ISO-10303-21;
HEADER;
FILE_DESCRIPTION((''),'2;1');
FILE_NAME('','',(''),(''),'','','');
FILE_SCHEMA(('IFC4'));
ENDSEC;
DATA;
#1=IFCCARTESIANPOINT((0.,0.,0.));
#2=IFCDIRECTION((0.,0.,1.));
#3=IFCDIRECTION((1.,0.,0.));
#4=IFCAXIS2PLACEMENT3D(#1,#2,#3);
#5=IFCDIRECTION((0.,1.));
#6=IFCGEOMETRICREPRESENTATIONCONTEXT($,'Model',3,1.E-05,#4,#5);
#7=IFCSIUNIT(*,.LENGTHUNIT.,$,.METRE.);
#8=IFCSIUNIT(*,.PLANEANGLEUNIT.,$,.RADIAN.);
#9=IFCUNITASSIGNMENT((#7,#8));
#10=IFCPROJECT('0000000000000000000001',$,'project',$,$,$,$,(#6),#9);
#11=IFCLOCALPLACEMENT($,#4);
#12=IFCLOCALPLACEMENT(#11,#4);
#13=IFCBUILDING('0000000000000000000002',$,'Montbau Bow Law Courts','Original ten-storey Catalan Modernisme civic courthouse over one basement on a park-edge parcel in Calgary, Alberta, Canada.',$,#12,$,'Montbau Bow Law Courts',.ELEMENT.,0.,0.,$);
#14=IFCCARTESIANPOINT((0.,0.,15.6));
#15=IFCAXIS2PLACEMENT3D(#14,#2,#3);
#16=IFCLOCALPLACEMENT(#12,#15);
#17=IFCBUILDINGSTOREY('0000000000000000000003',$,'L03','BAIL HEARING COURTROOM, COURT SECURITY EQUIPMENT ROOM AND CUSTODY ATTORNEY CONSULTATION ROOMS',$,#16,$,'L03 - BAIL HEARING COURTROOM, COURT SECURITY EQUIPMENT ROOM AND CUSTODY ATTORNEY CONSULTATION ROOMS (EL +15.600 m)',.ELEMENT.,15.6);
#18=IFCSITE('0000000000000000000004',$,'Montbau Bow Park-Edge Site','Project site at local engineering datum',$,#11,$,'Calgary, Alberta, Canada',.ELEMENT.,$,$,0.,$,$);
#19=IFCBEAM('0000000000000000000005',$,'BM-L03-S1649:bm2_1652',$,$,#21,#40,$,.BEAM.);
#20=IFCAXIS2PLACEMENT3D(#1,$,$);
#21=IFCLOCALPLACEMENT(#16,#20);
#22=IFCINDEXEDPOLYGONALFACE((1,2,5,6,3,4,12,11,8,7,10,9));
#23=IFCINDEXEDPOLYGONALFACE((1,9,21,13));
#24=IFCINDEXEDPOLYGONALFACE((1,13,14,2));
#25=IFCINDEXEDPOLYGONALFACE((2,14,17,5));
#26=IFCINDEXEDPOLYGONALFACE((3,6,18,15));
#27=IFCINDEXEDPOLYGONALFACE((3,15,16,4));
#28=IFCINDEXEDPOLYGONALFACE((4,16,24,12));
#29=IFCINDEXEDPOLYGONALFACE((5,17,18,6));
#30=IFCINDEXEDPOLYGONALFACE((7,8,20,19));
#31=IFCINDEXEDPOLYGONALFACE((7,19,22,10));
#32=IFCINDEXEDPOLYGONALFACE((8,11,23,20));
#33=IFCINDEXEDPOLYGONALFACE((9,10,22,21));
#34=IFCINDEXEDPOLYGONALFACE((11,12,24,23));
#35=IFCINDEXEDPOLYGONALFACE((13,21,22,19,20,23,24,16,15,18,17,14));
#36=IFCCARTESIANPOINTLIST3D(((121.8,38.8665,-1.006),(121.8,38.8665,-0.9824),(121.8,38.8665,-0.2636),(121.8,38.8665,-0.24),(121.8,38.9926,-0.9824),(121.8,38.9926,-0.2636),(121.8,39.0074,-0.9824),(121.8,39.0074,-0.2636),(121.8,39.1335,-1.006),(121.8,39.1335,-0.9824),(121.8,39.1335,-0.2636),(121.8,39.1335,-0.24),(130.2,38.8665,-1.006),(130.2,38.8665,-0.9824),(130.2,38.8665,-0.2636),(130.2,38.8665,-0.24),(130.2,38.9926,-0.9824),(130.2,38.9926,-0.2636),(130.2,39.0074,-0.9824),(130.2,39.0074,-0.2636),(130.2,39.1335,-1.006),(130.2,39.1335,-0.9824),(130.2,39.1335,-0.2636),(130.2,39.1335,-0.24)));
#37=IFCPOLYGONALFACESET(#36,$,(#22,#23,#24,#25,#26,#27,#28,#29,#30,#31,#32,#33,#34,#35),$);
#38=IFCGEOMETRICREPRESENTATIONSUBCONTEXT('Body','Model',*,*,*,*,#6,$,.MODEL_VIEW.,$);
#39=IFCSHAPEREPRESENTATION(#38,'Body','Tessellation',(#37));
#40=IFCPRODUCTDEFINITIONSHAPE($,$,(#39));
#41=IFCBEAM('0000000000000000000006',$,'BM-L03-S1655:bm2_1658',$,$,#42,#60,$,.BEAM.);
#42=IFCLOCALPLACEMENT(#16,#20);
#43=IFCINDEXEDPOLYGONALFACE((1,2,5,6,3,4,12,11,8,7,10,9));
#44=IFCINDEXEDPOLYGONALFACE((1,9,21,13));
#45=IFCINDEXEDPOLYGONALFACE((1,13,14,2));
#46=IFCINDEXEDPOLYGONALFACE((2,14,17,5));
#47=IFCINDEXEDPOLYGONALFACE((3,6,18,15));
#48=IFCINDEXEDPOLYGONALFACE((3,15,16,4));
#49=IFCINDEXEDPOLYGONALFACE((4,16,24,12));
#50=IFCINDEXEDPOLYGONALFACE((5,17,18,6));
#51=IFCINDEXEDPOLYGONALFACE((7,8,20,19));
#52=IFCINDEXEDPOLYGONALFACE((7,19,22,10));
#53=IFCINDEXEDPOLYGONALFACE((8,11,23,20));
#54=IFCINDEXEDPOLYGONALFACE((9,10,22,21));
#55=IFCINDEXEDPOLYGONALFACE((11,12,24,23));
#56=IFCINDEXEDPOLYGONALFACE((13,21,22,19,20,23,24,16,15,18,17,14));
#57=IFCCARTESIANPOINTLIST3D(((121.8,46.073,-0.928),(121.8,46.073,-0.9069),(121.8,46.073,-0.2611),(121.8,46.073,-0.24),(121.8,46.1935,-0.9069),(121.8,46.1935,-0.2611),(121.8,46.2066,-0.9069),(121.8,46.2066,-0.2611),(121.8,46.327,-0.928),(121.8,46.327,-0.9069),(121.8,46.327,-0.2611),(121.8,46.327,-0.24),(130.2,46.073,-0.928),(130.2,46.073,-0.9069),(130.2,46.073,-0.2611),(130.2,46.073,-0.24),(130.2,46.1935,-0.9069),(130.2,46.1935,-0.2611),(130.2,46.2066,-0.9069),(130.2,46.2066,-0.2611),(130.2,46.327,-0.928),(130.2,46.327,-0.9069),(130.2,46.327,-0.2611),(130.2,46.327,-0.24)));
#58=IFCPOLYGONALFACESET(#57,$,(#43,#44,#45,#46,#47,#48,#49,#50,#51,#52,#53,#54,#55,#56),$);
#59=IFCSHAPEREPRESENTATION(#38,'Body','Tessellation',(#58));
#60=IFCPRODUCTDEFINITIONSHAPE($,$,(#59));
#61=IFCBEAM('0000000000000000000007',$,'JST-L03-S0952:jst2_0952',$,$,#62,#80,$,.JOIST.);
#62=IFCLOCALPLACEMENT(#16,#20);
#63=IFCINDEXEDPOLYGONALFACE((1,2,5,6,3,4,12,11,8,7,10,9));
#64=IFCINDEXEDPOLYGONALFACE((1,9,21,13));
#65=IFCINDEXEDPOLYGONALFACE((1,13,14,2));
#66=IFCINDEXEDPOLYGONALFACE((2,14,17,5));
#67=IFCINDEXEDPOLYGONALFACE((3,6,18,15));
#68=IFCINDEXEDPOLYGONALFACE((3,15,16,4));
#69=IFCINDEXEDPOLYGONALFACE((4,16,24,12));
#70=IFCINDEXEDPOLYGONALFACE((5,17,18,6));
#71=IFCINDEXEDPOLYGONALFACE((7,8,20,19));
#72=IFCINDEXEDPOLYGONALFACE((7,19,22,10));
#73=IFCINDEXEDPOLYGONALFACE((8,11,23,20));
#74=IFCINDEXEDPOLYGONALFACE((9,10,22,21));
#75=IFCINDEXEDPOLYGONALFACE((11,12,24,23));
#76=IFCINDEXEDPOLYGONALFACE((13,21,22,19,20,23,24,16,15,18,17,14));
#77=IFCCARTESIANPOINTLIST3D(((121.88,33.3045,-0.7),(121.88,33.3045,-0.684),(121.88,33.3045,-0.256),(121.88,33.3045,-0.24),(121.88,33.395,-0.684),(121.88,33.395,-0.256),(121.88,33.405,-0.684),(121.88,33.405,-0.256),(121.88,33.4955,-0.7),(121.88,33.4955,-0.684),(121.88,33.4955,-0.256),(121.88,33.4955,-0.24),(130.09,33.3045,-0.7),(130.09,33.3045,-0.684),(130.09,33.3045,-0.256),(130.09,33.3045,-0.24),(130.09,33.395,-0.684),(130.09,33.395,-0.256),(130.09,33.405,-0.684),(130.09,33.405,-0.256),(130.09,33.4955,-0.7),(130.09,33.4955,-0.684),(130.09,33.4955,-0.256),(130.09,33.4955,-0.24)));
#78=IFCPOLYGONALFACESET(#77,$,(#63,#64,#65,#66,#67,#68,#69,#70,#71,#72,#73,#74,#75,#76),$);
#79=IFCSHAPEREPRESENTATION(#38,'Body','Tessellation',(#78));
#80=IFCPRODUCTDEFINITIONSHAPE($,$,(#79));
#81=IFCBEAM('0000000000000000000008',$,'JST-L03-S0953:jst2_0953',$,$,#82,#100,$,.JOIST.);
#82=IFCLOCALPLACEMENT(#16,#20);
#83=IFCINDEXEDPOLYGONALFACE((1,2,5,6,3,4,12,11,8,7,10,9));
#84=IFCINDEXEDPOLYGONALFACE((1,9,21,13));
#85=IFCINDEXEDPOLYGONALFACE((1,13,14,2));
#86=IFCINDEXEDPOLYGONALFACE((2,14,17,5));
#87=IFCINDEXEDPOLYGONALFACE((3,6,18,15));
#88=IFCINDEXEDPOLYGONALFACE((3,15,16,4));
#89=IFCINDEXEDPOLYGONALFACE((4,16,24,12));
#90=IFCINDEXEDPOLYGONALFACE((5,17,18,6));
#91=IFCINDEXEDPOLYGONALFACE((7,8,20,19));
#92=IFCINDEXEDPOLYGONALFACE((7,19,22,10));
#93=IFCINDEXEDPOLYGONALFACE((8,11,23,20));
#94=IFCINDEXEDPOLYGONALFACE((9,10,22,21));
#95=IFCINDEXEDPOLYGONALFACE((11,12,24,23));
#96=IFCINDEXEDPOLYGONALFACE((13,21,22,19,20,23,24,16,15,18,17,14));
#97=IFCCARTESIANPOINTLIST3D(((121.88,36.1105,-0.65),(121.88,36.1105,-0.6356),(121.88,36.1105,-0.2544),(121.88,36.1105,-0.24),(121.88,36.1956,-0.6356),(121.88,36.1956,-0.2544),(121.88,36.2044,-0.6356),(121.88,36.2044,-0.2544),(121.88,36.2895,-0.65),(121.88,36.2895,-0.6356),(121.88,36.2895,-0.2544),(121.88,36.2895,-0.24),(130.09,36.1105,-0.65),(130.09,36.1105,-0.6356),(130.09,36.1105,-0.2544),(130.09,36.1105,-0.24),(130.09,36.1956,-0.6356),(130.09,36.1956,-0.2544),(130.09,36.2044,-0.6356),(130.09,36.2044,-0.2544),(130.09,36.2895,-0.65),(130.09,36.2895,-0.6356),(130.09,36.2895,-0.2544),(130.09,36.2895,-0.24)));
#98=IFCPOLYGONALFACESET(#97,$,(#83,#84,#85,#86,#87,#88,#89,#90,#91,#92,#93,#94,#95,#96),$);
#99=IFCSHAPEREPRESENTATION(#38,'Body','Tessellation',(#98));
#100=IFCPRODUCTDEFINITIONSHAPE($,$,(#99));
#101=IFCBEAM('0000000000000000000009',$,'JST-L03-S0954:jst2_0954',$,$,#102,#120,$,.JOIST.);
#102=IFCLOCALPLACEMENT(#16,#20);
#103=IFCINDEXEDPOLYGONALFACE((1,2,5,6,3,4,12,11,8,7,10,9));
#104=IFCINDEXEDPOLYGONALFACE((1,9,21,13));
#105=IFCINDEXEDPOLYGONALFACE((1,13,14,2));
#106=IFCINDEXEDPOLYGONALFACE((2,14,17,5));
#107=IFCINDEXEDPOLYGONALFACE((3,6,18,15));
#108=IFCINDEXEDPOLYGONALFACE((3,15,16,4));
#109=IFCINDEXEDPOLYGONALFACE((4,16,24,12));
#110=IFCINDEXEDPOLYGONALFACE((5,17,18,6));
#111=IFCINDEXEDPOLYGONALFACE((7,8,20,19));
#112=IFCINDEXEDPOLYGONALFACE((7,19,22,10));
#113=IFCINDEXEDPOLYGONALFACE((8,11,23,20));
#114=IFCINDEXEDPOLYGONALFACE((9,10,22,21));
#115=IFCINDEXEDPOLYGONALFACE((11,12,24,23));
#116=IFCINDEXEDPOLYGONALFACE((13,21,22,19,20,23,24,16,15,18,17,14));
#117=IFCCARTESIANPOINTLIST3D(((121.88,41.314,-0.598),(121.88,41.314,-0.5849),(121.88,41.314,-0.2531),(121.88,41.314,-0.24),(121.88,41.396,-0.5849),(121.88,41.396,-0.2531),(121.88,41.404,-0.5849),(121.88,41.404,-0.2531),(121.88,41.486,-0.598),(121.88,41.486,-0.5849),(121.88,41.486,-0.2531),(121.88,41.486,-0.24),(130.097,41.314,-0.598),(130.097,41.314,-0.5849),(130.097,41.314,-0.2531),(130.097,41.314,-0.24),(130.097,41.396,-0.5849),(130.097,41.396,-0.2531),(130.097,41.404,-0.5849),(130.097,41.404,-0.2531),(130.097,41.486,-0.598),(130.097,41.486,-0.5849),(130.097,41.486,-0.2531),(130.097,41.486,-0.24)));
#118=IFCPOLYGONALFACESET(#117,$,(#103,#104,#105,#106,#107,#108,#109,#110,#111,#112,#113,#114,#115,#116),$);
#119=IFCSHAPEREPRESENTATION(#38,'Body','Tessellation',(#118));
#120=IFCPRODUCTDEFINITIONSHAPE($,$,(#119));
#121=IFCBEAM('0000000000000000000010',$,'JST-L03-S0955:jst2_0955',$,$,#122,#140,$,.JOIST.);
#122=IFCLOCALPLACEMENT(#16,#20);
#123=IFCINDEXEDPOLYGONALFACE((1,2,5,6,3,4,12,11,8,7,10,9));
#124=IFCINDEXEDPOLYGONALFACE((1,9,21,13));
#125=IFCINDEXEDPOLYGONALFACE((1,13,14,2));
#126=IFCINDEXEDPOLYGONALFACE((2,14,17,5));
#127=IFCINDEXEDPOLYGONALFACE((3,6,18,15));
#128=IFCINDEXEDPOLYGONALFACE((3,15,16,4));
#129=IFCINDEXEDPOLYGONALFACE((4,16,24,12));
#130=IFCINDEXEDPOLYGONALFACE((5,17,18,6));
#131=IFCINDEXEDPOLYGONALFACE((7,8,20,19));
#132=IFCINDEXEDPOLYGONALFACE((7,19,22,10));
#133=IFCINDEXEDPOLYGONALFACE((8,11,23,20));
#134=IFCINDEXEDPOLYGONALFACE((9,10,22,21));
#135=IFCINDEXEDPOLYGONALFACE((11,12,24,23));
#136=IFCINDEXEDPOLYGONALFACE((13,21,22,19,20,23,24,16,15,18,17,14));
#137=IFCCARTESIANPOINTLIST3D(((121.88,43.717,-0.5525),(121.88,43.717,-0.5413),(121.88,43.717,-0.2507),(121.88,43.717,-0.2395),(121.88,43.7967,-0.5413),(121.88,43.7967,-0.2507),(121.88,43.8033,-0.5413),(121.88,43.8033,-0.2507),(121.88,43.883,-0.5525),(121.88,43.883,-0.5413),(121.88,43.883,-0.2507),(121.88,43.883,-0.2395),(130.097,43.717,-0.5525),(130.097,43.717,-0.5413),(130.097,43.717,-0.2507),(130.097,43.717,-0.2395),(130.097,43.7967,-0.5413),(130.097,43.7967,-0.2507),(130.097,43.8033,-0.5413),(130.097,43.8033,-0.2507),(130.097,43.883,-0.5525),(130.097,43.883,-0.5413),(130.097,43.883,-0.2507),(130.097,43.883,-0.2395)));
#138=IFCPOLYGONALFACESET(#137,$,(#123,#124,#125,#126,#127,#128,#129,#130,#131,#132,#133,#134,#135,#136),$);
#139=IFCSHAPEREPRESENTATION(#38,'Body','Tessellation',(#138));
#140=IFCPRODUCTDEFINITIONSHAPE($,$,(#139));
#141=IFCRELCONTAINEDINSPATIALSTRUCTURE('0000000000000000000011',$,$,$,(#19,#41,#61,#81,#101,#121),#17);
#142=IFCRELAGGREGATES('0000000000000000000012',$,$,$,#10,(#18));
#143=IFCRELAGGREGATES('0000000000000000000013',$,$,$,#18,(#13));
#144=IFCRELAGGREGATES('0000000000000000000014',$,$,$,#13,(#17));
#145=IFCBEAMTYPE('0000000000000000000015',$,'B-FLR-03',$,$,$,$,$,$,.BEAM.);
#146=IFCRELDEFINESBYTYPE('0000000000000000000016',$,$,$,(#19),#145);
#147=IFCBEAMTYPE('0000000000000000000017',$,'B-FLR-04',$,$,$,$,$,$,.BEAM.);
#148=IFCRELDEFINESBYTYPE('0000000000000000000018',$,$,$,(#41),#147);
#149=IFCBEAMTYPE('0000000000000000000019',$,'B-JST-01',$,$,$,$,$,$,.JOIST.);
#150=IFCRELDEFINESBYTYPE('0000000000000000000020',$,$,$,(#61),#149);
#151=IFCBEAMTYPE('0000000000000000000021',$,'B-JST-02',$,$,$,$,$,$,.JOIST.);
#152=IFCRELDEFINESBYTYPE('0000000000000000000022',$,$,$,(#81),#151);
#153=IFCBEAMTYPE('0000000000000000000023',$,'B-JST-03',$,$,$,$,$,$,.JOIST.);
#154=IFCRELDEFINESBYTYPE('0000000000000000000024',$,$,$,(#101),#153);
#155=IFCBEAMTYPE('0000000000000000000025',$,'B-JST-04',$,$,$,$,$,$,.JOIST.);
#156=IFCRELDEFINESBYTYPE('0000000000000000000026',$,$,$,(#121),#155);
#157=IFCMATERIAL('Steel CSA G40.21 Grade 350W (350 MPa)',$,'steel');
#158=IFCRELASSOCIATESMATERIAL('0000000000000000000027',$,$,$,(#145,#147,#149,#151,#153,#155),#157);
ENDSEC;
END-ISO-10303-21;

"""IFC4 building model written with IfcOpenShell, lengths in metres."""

from ifc_helpers import new_model, si_unit, direction, frame, origin_with_axes, origin_2d_with_axis, place, context, subcontext, project, spatial, i_section, extrude, material, material_profile, profile_set, type_object, element, save


model = new_model("IFC4")

# Units and contexts
model_context = context("Model", 3, precision=1e-05, world=origin_with_axes(), true_north=direction((0.0, 1.0)))
body_context = subcontext(model_context, "Body", "Model", "MODEL_VIEW")
ifc_project = project(units=[si_unit("LENGTHUNIT", "METRE"), si_unit("PLANEANGLEUNIT", "RADIAN")], contexts=[model_context])

# Site, building, storey
site_placement = place(None, origin_with_axes())
site = spatial("IfcSite", under=ifc_project, at=site_placement, Name="Montbau Bow Park-Edge Site", Description="Project site at local engineering datum", LongName="Calgary, Alberta, Canada", CompositionType="ELEMENT", RefElevation=0.0)
building_placement = place(site_placement, origin_with_axes())
building = spatial("IfcBuilding", under=site, at=building_placement, Name="Montbau Bow Law Courts", Description="Original ten-storey Catalan Modernisme civic courthouse over one basement on a park-edge parcel in Calgary, Alberta, Canada.", LongName="Montbau Bow Law Courts", CompositionType="ELEMENT", ElevationOfRefHeight=0.0, ElevationOfTerrain=0.0)
storey_placement = place(building_placement, frame((0.0, 0.0, 15.6), z_axis=(0.0, 0.0, 1.0), x_axis=(1.0, 0.0, 0.0)))
storey = spatial("IfcBuildingStorey", under=building, at=storey_placement, Name="L03", Description="BAIL HEARING COURTROOM, COURT SECURITY EQUIPMENT ROOM AND CUSTODY ATTORNEY CONSULTATION ROOMS", LongName="L03 - BAIL HEARING COURTROOM, COURT SECURITY EQUIPMENT ROOM AND CUSTODY ATTORNEY CONSULTATION ROOMS (EL +15.600 m)", CompositionType="ELEMENT", Elevation=15.6)

# Beams
ifc_material_1 = material(Name="Steel CSA G40.21 Grade 350W (350 MPa)", Category="steel")
ifc_material_profile_1 = material_profile(ifc_material_1, i_section(OverallWidth=0.267, OverallDepth=0.766, WebThickness=0.0149, FlangeThickness=0.0236, at=origin_2d_with_axis()), Name="W760X185", Category="Main", Priority=0)
ifc_profile_set_1 = profile_set([ifc_material_profile_1], Name="Steel CSA G40.21 Grade 350W (350 MPa)")
beam_type_1 = type_object("IfcBeamType", Name="B-FLR-03", PredefinedType="BEAM", material=ifc_profile_set_1)
beam_1_placement = place(None, frame((121.8, 39.0, 14.977), z_axis=(1.0, 0.0, 0.0), x_axis=(0.0, 1.0, 0.0)))
element("IfcBeam", 1, at=beam_1_placement, inside=storey, type_object=beam_type_1, Name="BM-L03-S1649:bm2_1652", PredefinedType="BEAM", context=body_context, shape_type="SweptSolid", body=[
    extrude(i_section(OverallWidth=0.267, OverallDepth=0.766, WebThickness=0.0149, FlangeThickness=0.0236, at=origin_2d_with_axis()), origin_with_axes(), (0.0, 0.0, 1.0), 8.4),
])
ifc_material_profile_2 = material_profile(ifc_material_1, i_section(OverallWidth=0.254, OverallDepth=0.688, WebThickness=0.0131, FlangeThickness=0.0211, at=origin_2d_with_axis()), Name="W690X152", Category="Main", Priority=0)
ifc_profile_set_2 = profile_set([ifc_material_profile_2], Name="Steel CSA G40.21 Grade 350W (350 MPa)")
beam_type_2 = type_object("IfcBeamType", Name="B-FLR-04", PredefinedType="BEAM", material=ifc_profile_set_2)
beam_2_placement = place(None, frame((121.8, 46.2, 15.016), z_axis=(1.0, 0.0, 0.0), x_axis=(0.0, 1.0, 0.0)))
element("IfcBeam", 2, at=beam_2_placement, inside=storey, type_object=beam_type_2, Name="BM-L03-S1655:bm2_1658", PredefinedType="BEAM", context=body_context, shape_type="SweptSolid", body=[
    extrude(i_section(OverallWidth=0.254, OverallDepth=0.688, WebThickness=0.0131, FlangeThickness=0.0211, at=origin_2d_with_axis()), origin_with_axes(), (0.0, 0.0, 1.0), 8.4),
])
ifc_material_profile_3 = material_profile(ifc_material_1, i_section(OverallWidth=0.191, OverallDepth=0.46, WebThickness=0.0099, FlangeThickness=0.016, at=origin_2d_with_axis()), Name="W460X82", Category="Main", Priority=0)
ifc_profile_set_3 = profile_set([ifc_material_profile_3], Name="Steel CSA G40.21 Grade 350W (350 MPa)")
beam_type_3 = type_object("IfcBeamType", Name="B-JST-01", PredefinedType="JOIST", material=ifc_profile_set_3)
beam_3_placement = place(None, frame((121.88, 33.4, 15.13), z_axis=(1.0, 0.0, 0.0), x_axis=(0.0, 1.0, 0.0)))
element("IfcBeam", 3, at=beam_3_placement, inside=storey, type_object=beam_type_3, Name="JST-L03-S0952:jst2_0952", PredefinedType="JOIST", context=body_context, shape_type="SweptSolid", body=[
    extrude(i_section(OverallWidth=0.191, OverallDepth=0.46, WebThickness=0.0099, FlangeThickness=0.016, at=origin_2d_with_axis()), origin_with_axes(), (0.0, 0.0, 1.0), 8.21),
])
ifc_material_profile_4 = material_profile(ifc_material_1, i_section(OverallWidth=0.179, OverallDepth=0.41, WebThickness=0.0088, FlangeThickness=0.0144, at=origin_2d_with_axis()), Name="W410X67", Category="Main", Priority=0)
ifc_profile_set_4 = profile_set([ifc_material_profile_4], Name="Steel CSA G40.21 Grade 350W (350 MPa)")
beam_type_4 = type_object("IfcBeamType", Name="B-JST-02", PredefinedType="JOIST", material=ifc_profile_set_4)
beam_4_placement = place(None, frame((121.88, 36.2, 15.155), z_axis=(1.0, 0.0, 0.0), x_axis=(0.0, 1.0, 0.0)))
element("IfcBeam", 4, at=beam_4_placement, inside=storey, type_object=beam_type_4, Name="JST-L03-S0953:jst2_0953", PredefinedType="JOIST", context=body_context, shape_type="SweptSolid", body=[
    extrude(i_section(OverallWidth=0.179, OverallDepth=0.41, WebThickness=0.0088, FlangeThickness=0.0144, at=origin_2d_with_axis()), origin_with_axes(), (0.0, 0.0, 1.0), 8.21),
])
ifc_material_profile_5 = material_profile(ifc_material_1, i_section(OverallWidth=0.172, OverallDepth=0.358, WebThickness=0.0079, FlangeThickness=0.0131, at=origin_2d_with_axis()), Name="W360X57", Category="Main", Priority=0)
ifc_profile_set_5 = profile_set([ifc_material_profile_5], Name="Steel CSA G40.21 Grade 350W (350 MPa)")
beam_type_5 = type_object("IfcBeamType", Name="B-JST-03", PredefinedType="JOIST", material=ifc_profile_set_5)
beam_5_placement = place(None, frame((121.88, 41.4, 15.181), z_axis=(1.0, 0.0, 0.0), x_axis=(0.0, 1.0, 0.0)))
element("IfcBeam", 5, at=beam_5_placement, inside=storey, type_object=beam_type_5, Name="JST-L03-S0954:jst2_0954", PredefinedType="JOIST", context=body_context, shape_type="SweptSolid", body=[
    extrude(i_section(OverallWidth=0.172, OverallDepth=0.358, WebThickness=0.0079, FlangeThickness=0.0131, at=origin_2d_with_axis()), origin_with_axes(), (0.0, 0.0, 1.0), 8.217),
])
ifc_material_profile_6 = material_profile(ifc_material_1, i_section(OverallWidth=0.166, OverallDepth=0.313, WebThickness=0.0066, FlangeThickness=0.0112, at=origin_2d_with_axis()), Name="W310X45", Category="Main", Priority=0)
ifc_profile_set_6 = profile_set([ifc_material_profile_6], Name="Steel CSA G40.21 Grade 350W (350 MPa)")
beam_type_6 = type_object("IfcBeamType", Name="B-JST-04", PredefinedType="JOIST", material=ifc_profile_set_6)
beam_6_placement = place(None, frame((121.88, 43.8, 15.204), z_axis=(1.0, 0.0, 0.0), x_axis=(0.0, 1.0, 0.0)))
element("IfcBeam", 6, at=beam_6_placement, inside=storey, type_object=beam_type_6, Name="JST-L03-S0955:jst2_0955", PredefinedType="JOIST", context=body_context, shape_type="SweptSolid", body=[
    extrude(i_section(OverallWidth=0.166, OverallDepth=0.313, WebThickness=0.0066, FlangeThickness=0.0112, at=origin_2d_with_axis()), origin_with_axes(), (0.0, 0.0, 1.0), 8.217),
])

save(model, "model.ifc")
